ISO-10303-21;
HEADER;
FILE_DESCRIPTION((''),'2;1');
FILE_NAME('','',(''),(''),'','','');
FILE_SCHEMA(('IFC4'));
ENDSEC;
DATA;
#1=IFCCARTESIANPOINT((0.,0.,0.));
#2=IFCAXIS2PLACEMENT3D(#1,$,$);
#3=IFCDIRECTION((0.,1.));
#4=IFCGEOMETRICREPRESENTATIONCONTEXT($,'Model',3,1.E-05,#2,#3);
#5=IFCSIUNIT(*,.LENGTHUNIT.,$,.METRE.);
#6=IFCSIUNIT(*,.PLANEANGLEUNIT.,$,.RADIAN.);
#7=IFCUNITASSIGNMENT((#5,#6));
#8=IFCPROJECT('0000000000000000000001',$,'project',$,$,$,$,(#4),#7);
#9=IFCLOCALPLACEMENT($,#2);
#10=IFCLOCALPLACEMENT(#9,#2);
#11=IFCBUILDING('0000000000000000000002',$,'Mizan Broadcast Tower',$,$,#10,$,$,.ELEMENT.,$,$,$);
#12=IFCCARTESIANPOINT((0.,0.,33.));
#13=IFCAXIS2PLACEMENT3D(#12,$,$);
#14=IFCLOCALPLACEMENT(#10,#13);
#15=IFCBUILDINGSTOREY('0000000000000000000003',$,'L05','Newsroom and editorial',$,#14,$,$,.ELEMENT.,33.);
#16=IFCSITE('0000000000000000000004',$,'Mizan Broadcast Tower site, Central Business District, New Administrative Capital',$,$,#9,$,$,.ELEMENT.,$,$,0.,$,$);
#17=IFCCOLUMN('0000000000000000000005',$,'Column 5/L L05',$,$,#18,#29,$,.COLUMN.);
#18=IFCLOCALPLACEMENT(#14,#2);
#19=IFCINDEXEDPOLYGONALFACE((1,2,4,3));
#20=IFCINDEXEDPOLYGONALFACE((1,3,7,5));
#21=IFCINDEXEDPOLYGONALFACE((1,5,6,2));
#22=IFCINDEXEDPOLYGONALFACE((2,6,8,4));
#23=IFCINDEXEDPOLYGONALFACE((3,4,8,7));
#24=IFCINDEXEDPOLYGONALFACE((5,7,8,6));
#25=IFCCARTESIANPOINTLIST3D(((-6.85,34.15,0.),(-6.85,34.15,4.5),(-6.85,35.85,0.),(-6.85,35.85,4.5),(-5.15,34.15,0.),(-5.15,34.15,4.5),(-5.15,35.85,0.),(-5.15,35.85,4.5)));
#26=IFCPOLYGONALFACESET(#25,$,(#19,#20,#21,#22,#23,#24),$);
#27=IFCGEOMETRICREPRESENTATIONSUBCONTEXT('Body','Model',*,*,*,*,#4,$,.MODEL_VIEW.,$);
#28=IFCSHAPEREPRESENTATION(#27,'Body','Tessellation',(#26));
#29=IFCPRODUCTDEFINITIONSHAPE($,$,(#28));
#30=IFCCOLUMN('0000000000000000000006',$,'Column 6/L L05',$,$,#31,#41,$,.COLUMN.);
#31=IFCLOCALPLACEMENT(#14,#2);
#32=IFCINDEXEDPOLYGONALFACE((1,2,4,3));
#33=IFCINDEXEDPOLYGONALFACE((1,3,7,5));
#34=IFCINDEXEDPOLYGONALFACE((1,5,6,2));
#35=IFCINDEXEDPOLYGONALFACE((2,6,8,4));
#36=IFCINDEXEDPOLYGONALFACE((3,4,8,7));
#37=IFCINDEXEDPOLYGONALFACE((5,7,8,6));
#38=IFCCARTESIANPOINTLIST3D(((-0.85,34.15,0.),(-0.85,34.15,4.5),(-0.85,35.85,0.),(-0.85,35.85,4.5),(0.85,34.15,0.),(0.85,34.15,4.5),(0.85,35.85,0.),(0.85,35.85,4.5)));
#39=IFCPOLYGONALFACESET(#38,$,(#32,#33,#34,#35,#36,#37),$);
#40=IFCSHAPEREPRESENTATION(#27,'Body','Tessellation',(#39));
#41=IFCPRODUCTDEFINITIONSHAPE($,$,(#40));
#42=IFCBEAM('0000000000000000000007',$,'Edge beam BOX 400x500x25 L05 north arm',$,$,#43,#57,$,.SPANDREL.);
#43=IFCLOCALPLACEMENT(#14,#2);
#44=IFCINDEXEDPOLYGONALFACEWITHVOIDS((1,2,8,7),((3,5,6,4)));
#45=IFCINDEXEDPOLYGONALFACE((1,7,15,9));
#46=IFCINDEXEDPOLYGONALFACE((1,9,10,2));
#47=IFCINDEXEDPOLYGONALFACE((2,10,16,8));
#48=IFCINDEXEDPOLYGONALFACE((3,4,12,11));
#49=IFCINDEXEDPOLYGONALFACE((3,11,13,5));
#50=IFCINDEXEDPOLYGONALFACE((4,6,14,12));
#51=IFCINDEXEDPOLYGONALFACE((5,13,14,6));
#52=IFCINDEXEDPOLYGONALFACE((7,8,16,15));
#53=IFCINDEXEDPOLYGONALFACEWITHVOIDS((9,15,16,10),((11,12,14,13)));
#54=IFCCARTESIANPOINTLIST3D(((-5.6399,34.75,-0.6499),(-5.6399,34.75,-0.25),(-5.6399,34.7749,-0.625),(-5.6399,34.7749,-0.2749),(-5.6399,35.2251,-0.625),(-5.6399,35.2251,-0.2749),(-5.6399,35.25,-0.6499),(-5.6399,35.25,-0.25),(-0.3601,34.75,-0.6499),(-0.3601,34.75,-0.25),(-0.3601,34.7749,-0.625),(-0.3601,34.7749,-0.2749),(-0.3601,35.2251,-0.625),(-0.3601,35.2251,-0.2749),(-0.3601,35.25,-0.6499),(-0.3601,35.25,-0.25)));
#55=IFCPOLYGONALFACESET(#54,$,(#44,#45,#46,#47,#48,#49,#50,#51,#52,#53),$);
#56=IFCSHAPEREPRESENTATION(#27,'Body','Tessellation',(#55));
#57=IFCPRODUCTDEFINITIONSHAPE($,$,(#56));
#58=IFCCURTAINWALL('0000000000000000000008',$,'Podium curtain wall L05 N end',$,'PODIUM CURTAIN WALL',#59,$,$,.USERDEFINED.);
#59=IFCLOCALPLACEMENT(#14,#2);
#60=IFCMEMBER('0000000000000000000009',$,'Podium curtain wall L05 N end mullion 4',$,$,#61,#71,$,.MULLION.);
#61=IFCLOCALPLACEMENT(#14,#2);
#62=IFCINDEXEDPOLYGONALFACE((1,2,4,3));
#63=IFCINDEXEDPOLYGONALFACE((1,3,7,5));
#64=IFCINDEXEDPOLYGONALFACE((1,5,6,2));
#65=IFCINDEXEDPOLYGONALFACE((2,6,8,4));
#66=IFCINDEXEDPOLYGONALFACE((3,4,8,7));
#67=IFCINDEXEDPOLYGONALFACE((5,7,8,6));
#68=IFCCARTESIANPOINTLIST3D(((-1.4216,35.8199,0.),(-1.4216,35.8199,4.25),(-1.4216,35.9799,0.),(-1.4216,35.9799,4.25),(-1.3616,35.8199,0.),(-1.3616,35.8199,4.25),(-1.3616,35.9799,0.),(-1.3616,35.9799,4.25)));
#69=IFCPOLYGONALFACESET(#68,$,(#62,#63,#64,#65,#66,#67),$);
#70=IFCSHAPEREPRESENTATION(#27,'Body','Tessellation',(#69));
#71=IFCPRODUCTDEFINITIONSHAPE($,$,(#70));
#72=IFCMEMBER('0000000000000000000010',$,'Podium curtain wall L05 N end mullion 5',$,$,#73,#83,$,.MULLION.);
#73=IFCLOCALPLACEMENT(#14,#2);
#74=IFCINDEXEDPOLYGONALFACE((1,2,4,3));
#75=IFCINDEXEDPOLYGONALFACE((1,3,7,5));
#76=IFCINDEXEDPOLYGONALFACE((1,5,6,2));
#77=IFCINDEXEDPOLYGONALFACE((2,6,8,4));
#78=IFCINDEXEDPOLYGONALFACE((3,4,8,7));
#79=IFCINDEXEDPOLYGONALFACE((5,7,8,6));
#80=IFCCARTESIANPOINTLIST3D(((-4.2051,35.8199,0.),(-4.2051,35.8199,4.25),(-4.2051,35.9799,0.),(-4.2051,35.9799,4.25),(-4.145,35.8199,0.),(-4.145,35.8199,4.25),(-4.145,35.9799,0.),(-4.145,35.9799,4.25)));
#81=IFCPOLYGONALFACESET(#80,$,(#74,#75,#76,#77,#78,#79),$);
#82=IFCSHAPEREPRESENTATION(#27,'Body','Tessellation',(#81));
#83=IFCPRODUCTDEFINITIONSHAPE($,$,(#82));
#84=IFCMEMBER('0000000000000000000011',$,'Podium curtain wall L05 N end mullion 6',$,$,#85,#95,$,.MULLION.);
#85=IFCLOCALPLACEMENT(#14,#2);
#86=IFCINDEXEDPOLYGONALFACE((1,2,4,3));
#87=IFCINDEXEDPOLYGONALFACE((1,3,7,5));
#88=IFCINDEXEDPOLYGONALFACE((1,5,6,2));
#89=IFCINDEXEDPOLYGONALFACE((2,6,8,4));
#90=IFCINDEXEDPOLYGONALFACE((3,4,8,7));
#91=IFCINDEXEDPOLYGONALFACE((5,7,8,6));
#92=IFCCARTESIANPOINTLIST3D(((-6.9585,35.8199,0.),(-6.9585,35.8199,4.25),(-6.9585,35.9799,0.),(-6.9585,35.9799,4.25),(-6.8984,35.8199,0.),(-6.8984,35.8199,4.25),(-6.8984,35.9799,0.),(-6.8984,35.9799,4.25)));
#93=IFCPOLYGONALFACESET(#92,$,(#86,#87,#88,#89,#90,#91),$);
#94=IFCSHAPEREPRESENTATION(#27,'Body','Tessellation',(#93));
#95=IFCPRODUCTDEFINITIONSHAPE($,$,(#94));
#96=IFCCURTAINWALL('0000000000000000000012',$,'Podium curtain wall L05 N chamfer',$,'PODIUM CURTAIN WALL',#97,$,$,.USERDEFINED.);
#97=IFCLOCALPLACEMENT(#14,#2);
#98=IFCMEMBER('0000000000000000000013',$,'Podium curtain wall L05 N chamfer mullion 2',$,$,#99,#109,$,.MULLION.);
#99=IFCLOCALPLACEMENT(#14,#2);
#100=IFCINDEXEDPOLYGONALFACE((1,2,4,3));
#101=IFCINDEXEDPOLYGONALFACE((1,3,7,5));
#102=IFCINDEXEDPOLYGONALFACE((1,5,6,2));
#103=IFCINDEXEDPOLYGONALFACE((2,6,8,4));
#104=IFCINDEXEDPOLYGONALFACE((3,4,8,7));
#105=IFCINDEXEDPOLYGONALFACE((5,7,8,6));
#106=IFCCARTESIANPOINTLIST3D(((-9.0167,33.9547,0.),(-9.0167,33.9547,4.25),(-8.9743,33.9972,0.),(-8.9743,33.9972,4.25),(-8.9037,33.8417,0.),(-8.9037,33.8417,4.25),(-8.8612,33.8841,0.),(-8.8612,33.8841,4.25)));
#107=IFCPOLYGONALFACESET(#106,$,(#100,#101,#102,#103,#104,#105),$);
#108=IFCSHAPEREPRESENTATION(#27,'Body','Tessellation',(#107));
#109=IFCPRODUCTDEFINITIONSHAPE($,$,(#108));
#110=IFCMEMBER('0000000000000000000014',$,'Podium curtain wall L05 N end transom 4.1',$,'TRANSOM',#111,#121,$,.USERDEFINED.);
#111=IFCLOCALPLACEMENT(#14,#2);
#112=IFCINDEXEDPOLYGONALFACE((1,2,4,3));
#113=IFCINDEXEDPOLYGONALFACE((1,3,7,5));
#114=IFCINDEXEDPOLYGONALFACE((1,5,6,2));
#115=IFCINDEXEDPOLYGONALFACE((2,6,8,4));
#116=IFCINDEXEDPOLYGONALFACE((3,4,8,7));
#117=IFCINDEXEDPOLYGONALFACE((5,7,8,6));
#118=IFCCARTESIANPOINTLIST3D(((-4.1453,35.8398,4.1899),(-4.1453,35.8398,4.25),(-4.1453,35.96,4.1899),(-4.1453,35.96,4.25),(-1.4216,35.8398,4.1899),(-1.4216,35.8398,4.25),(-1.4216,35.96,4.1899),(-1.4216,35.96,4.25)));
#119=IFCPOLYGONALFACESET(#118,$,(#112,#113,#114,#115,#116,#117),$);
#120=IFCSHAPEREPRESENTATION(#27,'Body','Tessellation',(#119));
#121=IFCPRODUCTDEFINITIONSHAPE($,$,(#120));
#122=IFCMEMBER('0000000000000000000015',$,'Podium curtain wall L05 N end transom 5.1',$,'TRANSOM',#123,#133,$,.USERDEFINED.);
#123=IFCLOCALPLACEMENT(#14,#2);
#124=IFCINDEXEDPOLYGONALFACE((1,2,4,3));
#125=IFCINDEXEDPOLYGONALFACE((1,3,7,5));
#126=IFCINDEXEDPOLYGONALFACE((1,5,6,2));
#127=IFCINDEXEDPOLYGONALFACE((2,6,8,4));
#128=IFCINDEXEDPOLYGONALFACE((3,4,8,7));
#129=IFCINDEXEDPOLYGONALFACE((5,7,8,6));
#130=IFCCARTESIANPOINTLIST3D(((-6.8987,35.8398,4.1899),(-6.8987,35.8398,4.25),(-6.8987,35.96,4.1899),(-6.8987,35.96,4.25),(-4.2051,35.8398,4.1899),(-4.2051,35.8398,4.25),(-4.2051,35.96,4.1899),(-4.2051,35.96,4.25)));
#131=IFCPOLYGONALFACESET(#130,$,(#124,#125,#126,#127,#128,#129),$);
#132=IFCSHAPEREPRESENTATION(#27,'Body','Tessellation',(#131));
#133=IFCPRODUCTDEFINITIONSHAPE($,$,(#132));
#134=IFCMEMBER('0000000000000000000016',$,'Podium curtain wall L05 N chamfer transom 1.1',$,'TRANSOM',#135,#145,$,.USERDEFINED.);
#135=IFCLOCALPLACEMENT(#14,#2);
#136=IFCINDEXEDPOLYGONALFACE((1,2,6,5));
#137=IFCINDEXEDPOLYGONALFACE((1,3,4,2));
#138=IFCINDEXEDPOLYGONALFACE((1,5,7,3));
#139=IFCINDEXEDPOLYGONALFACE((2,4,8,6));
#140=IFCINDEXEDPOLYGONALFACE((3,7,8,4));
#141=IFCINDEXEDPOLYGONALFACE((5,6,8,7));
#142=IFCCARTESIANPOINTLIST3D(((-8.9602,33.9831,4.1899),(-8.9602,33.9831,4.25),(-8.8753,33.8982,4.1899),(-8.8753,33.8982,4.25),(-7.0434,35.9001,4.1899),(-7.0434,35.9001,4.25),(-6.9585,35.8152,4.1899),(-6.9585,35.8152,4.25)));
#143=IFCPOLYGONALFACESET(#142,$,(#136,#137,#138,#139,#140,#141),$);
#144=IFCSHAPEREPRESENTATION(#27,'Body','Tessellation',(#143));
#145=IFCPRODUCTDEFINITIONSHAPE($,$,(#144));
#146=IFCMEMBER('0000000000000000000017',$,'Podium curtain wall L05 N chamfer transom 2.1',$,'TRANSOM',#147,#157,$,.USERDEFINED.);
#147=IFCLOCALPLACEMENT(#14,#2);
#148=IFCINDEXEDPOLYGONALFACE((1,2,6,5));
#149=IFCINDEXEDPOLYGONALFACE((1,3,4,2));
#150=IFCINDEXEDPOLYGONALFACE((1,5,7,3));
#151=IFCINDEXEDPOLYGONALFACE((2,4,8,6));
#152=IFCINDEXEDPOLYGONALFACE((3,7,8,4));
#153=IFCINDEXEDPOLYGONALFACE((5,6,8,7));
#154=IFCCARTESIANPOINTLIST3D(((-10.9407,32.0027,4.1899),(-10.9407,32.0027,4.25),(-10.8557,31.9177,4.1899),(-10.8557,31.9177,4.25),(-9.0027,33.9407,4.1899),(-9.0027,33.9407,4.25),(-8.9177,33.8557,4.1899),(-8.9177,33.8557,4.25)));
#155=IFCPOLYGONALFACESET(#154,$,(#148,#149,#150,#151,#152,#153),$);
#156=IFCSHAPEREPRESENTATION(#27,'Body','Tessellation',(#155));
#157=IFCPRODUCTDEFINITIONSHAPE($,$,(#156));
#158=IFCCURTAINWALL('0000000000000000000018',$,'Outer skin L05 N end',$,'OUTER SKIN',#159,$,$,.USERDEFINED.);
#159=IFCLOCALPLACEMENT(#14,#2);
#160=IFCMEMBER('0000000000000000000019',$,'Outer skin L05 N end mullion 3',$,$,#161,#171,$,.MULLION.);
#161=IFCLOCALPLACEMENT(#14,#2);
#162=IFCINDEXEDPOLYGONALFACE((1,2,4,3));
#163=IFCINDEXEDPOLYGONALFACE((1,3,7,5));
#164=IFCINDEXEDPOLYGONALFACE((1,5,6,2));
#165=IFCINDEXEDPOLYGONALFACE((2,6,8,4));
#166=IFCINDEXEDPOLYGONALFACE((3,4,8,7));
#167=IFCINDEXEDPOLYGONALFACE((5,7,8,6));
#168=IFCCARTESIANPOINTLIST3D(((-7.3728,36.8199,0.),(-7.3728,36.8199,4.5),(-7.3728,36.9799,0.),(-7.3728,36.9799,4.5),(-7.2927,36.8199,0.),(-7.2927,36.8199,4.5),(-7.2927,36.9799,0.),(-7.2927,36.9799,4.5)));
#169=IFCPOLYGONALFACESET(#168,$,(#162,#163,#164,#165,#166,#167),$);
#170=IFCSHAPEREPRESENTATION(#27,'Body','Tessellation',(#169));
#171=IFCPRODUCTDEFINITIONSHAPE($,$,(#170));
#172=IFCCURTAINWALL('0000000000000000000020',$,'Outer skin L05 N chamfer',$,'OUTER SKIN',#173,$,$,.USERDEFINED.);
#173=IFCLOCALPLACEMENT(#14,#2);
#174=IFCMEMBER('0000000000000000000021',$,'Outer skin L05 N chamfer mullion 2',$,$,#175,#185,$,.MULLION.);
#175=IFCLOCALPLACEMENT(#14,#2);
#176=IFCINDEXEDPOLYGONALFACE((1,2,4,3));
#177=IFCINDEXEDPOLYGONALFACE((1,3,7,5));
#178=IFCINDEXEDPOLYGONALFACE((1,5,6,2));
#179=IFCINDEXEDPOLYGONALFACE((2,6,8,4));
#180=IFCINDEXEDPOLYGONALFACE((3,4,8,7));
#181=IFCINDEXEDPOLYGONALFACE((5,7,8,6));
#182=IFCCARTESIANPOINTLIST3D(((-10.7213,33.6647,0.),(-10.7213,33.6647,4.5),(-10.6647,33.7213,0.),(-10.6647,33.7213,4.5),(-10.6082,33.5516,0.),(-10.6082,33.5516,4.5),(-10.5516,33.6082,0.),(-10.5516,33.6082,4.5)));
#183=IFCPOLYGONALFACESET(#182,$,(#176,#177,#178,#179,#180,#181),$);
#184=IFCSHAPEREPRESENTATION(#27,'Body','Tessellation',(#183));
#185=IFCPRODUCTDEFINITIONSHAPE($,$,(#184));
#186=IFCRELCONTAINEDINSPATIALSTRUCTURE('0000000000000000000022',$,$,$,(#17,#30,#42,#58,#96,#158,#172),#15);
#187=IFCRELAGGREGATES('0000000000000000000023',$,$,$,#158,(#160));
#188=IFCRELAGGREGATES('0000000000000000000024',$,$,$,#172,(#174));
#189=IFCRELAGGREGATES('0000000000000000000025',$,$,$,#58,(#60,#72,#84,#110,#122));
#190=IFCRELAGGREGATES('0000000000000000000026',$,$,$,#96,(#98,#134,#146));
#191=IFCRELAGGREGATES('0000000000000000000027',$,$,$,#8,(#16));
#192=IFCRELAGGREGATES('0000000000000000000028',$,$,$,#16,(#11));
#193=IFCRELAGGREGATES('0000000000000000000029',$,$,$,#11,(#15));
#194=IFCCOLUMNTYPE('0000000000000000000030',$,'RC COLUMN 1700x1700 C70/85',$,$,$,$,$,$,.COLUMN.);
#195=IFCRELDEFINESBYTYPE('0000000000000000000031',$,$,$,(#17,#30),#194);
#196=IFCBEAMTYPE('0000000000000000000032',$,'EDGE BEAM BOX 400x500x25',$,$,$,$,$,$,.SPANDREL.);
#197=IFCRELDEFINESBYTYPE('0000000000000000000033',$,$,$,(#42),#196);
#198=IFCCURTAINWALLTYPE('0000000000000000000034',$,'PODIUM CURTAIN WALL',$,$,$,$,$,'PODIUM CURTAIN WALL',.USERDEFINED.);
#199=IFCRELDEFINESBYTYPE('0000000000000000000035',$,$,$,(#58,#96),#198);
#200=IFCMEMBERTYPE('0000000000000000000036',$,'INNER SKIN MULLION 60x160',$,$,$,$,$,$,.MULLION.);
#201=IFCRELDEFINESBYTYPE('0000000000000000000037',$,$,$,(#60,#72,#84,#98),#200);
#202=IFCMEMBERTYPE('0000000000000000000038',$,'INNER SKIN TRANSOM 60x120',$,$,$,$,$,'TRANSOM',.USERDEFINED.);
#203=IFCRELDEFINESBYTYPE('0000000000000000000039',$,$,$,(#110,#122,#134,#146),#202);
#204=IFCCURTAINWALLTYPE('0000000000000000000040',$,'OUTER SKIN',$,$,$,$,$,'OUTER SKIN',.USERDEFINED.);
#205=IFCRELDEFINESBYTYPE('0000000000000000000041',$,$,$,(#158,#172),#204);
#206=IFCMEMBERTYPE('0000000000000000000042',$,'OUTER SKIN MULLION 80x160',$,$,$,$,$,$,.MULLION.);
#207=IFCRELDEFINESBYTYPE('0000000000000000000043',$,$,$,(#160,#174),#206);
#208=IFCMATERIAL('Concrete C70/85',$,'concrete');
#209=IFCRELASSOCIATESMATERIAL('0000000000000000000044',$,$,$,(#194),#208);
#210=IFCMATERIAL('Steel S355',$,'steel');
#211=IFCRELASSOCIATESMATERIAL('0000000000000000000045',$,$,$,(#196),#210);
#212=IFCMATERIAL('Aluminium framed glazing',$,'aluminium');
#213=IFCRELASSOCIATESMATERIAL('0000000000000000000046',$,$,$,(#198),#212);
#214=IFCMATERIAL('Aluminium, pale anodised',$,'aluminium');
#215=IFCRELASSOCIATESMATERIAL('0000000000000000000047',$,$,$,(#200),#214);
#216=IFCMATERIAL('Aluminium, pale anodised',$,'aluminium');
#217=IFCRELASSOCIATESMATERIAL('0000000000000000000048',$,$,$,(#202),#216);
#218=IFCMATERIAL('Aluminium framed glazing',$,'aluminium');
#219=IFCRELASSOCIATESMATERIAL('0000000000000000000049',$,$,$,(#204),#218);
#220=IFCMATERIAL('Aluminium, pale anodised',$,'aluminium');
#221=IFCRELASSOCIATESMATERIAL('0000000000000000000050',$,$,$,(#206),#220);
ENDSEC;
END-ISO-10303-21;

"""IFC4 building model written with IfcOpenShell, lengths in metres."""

from ifc_helpers import new_model, si_unit, direction, frame, origin, origin_2d, place, context, subcontext, project, spatial, rectangle, hollow_rectangle, extrude, material, material_profile, profile_set, type_object, element, aggregate, save


model = new_model("IFC4")

# Units and contexts
model_context = context("Model", 3, precision=1e-05, world=origin(), true_north=direction((0.0, 1.0)))
body_context = subcontext(model_context, "Body", "Model", "MODEL_VIEW")
ifc_project = project(units=[si_unit("LENGTHUNIT", "METRE"), si_unit("PLANEANGLEUNIT", "RADIAN")], contexts=[model_context])

# Site, building, storey
site_placement = place(None, origin())
site = spatial("IfcSite", under=ifc_project, at=site_placement, Name="Mizan Broadcast Tower site, Central Business District, New Administrative Capital", CompositionType="ELEMENT", RefElevation=0.0)
building_placement = place(site_placement, origin())
building = spatial("IfcBuilding", under=site, at=building_placement, Name="Mizan Broadcast Tower", CompositionType="ELEMENT")
storey_placement = place(building_placement, frame((0.0, 0.0, 33.0)))
storey = spatial("IfcBuildingStorey", under=building, at=storey_placement, Name="L05", Description="Newsroom and editorial", CompositionType="ELEMENT", Elevation=33.0)

# Columns
ifc_material_1 = material(Name="Concrete C70/85", Category="concrete")
ifc_material_profile_1 = material_profile(ifc_material_1, rectangle(XDim=1.7, YDim=1.7, at=origin_2d()), Name="RC 1700x1700")
ifc_profile_set_1 = profile_set([ifc_material_profile_1], Name="Concrete C70/85")
column_type = type_object("IfcColumnType", Name="RC COLUMN 1700x1700 C70/85", PredefinedType="COLUMN", material=ifc_profile_set_1)
for number, where, z_axis, x_axis, name in (
    (1, (-6.0, 35.0, 0.0), (0.0, 0.0, 1.0), (1.0, 0.0, 0.0), "Column 5/L L05"),
    (2, (0.0, 35.0, 0.0), (0.0, 0.0, 1.0), (1.0, 0.0, 0.0), "Column 6/L L05"),
):
    element("IfcColumn", number, at=place(storey_placement, frame(where, z_axis=z_axis, x_axis=x_axis)), inside=storey, type_object=column_type, Name=name, PredefinedType="COLUMN", context=body_context, shape_type="SweptSolid", body=[
        extrude(rectangle(XDim=1.7, YDim=1.7, at=origin_2d()), origin(), (0.0, 0.0, 1.0), 4.5),
    ])

# Beam
ifc_material_2 = material(Name="Steel S355", Category="steel")
ifc_material_profile_2 = material_profile(ifc_material_2, hollow_rectangle(XDim=0.5, YDim=0.3999, WallThickness=0.0249, at=origin_2d()), Name="BOX 400x500x25")
ifc_profile_set_2 = profile_set([ifc_material_profile_2], Name="Steel S355")
beam_type = type_object("IfcBeamType", Name="EDGE BEAM BOX 400x500x25", PredefinedType="SPANDREL", material=ifc_profile_set_2)
beam_placement = place(storey_placement, frame((-5.6399, 35.0, -0.45), z_axis=(1.0, 0.0, 0.0), x_axis=(0.0, 1.0, 0.0)))
element("IfcBeam", 3, at=beam_placement, inside=storey, type_object=beam_type, Name="Edge beam BOX 400x500x25 L05 north arm", PredefinedType="SPANDREL", context=body_context, shape_type="SweptSolid", body=[
    extrude(hollow_rectangle(XDim=0.5, YDim=0.3999, WallThickness=0.0249, at=origin_2d()), origin(), (0.0, 0.0, 1.0), 5.2798),
])

# Curtain wall, members
ifc_material_3 = material(Name="Aluminium framed glazing", Category="aluminium")
curtain_wall_type_1 = type_object("IfcCurtainWallType", Name="PODIUM CURTAIN WALL", ElementType="PODIUM CURTAIN WALL", PredefinedType="USERDEFINED", material=ifc_material_3)
curtain_wall_1_placement = place(storey_placement, origin())
curtain_wall_1 = element("IfcCurtainWall", 4, at=curtain_wall_1_placement, inside=storey, type_object=curtain_wall_type_1, Name="Podium curtain wall L05 N end", ObjectType="PODIUM CURTAIN WALL", PredefinedType="USERDEFINED")
ifc_material_4 = material(Name="Aluminium, pale anodised", Category="aluminium")
ifc_material_profile_3 = material_profile(ifc_material_4, rectangle(XDim=0.1599, YDim=0.0601, at=origin_2d()), Name="MULLION 160x60")
ifc_profile_set_3 = profile_set([ifc_material_profile_3], Name="Aluminium, pale anodised")
member_type_1 = type_object("IfcMemberType", Name="INNER SKIN MULLION 60x160", PredefinedType="MULLION", material=ifc_profile_set_3)
member_1_placement = place(storey_placement, frame((-1.3916, 35.8999, 0.0), z_axis=(0.0, 0.0, 1.0), x_axis=(0.0, -1.0, 0.0)))
member_1 = element("IfcMember", 5, at=member_1_placement, type_object=member_type_1, Name="Podium curtain wall L05 N end mullion 4", PredefinedType="MULLION", context=body_context, shape_type="SweptSolid", body=[
    extrude(rectangle(XDim=0.1599, YDim=0.0601, at=origin_2d()), origin(), (0.0, 0.0, 1.0), 4.25),
])
member_2_placement = place(storey_placement, frame((-4.175, 35.8999, 0.0), z_axis=(0.0, 0.0, 1.0), x_axis=(0.0, -1.0, 0.0)))
member_2 = element("IfcMember", 6, at=member_2_placement, type_object=member_type_1, Name="Podium curtain wall L05 N end mullion 5", PredefinedType="MULLION", context=body_context, shape_type="SweptSolid", body=[
    extrude(rectangle(XDim=0.1599, YDim=0.0601, at=origin_2d()), origin(), (0.0, 0.0, 1.0), 4.25),
])
member_3_placement = place(storey_placement, frame((-6.9285, 35.8999, 0.0), z_axis=(0.0, 0.0, 1.0), x_axis=(0.0, -1.0, 0.0)))
member_3 = element("IfcMember", 7, at=member_3_placement, type_object=member_type_1, Name="Podium curtain wall L05 N end mullion 6", PredefinedType="MULLION", context=body_context, shape_type="SweptSolid", body=[
    extrude(rectangle(XDim=0.1599, YDim=0.0601, at=origin_2d()), origin(), (0.0, 0.0, 1.0), 4.25),
])

# Curtain wall, member
curtain_wall_2_placement = place(storey_placement, origin())
curtain_wall_2 = element("IfcCurtainWall", 8, at=curtain_wall_2_placement, inside=storey, type_object=curtain_wall_type_1, Name="Podium curtain wall L05 N chamfer", ObjectType="PODIUM CURTAIN WALL", PredefinedType="USERDEFINED")
member_4_placement = place(storey_placement, frame((-8.939, 33.9194, 0.0), z_axis=(0.0, 0.0, 1.0), x_axis=(0.707107, -0.707107, 0.0)))
member_4 = element("IfcMember", 9, at=member_4_placement, type_object=member_type_1, Name="Podium curtain wall L05 N chamfer mullion 2", PredefinedType="MULLION", context=body_context, shape_type="SweptSolid", body=[
    extrude(rectangle(XDim=0.1599, YDim=0.0601, at=origin_2d()), origin(), (0.0, 0.0, 1.0), 4.25),
])

# Members
ifc_material_5 = material(Name="Aluminium, pale anodised", Category="aluminium")
ifc_material_profile_4 = material_profile(ifc_material_5, rectangle(XDim=0.1201, YDim=0.0601, at=origin_2d()), Name="TRANSOM 120x60")
ifc_profile_set_4 = profile_set([ifc_material_profile_4], Name="Aluminium, pale anodised")
member_type_2 = type_object("IfcMemberType", Name="INNER SKIN TRANSOM 60x120", ElementType="TRANSOM", PredefinedType="USERDEFINED", material=ifc_profile_set_4)
member_5_placement = place(storey_placement, frame((-1.4216, 35.8999, 4.22), z_axis=(-1.0, 0.0, 0.0), x_axis=(0.0, -1.0, 0.0)))
member_5 = element("IfcMember", 10, at=member_5_placement, type_object=member_type_2, Name="Podium curtain wall L05 N end transom 4.1", ObjectType="TRANSOM", PredefinedType="USERDEFINED", context=body_context, shape_type="SweptSolid", body=[
    extrude(rectangle(XDim=0.1201, YDim=0.0601, at=origin_2d()), origin(), (0.0, 0.0, 1.0), 2.7236),
])
member_6_placement = place(storey_placement, frame((-4.2051, 35.8999, 4.22), z_axis=(-1.0, 0.0, 0.0), x_axis=(0.0, -1.0, 0.0)))
member_6 = element("IfcMember", 11, at=member_6_placement, type_object=member_type_2, Name="Podium curtain wall L05 N end transom 5.1", ObjectType="TRANSOM", PredefinedType="USERDEFINED", context=body_context, shape_type="SweptSolid", body=[
    extrude(rectangle(XDim=0.1201, YDim=0.0601, at=origin_2d()), origin(), (0.0, 0.0, 1.0), 2.6936),
])
member_7_placement = place(storey_placement, frame((-7.001, 35.8577, 4.22), z_axis=(-0.707062, -0.707152, 0.0), x_axis=(0.707152, -0.707062, 0.0)))
member_7 = element("IfcMember", 12, at=member_7_placement, type_object=member_type_2, Name="Podium curtain wall L05 N chamfer transom 1.1", ObjectType="TRANSOM", PredefinedType="USERDEFINED", context=body_context, shape_type="SweptSolid", body=[
    extrude(rectangle(XDim=0.1201, YDim=0.0601, at=origin_2d()), origin(), (0.0, 0.0, 1.0), 2.7109),
])
member_8_placement = place(storey_placement, frame((-8.9602, 33.8982, 4.22), z_axis=(-0.707107, -0.707107, 0.0), x_axis=(0.707107, -0.707107, 0.0)))
member_8 = element("IfcMember", 13, at=member_8_placement, type_object=member_type_2, Name="Podium curtain wall L05 N chamfer transom 2.1", ObjectType="TRANSOM", PredefinedType="USERDEFINED", context=body_context, shape_type="SweptSolid", body=[
    extrude(rectangle(XDim=0.1201, YDim=0.0601, at=origin_2d()), origin(), (0.0, 0.0, 1.0), 2.7407),
])

# Curtain walls, members
ifc_material_6 = material(Name="Aluminium framed glazing", Category="aluminium")
curtain_wall_type_2 = type_object("IfcCurtainWallType", Name="OUTER SKIN", ElementType="OUTER SKIN", PredefinedType="USERDEFINED", material=ifc_material_6)
curtain_wall_3_placement = place(storey_placement, origin())
curtain_wall_3 = element("IfcCurtainWall", 14, at=curtain_wall_3_placement, inside=storey, type_object=curtain_wall_type_2, Name="Outer skin L05 N end", ObjectType="OUTER SKIN", PredefinedType="USERDEFINED")
ifc_material_7 = material(Name="Aluminium, pale anodised", Category="aluminium")
ifc_material_profile_5 = material_profile(ifc_material_7, rectangle(XDim=0.1599, YDim=0.0801, at=origin_2d()), Name="MULLION 160x80")
ifc_profile_set_5 = profile_set([ifc_material_profile_5], Name="Aluminium, pale anodised")
member_type_3 = type_object("IfcMemberType", Name="OUTER SKIN MULLION 80x160", PredefinedType="MULLION", material=ifc_profile_set_5)
member_9_placement = place(storey_placement, frame((-7.3328, 36.8999, 0.0), z_axis=(0.0, 0.0, 1.0), x_axis=(0.0, -1.0, 0.0)))
member_9 = element("IfcMember", 15, at=member_9_placement, type_object=member_type_3, Name="Outer skin L05 N end mullion 3", PredefinedType="MULLION", context=body_context, shape_type="SweptSolid", body=[
    extrude(rectangle(XDim=0.1599, YDim=0.0801, at=origin_2d()), origin(), (0.0, 0.0, 1.0), 4.5),
])
curtain_wall_4_placement = place(storey_placement, origin())
curtain_wall_4 = element("IfcCurtainWall", 16, at=curtain_wall_4_placement, inside=storey, type_object=curtain_wall_type_2, Name="Outer skin L05 N chamfer", ObjectType="OUTER SKIN", PredefinedType="USERDEFINED")
member_10_placement = place(storey_placement, frame((-10.6365, 33.6365, 0.0), z_axis=(0.0, 0.0, 1.0), x_axis=(0.707107, -0.707107, 0.0)))
member_10 = element("IfcMember", 17, at=member_10_placement, type_object=member_type_3, Name="Outer skin L05 N chamfer mullion 2", PredefinedType="MULLION", context=body_context, shape_type="SweptSolid", body=[
    extrude(rectangle(XDim=0.1599, YDim=0.0801, at=origin_2d()), origin(), (0.0, 0.0, 1.0), 4.5),
])

aggregate(curtain_wall_3, [member_9])
aggregate(curtain_wall_4, [member_10])
aggregate(curtain_wall_1, [member_1, member_2, member_3, member_5, member_6])
aggregate(curtain_wall_2, [member_4, member_7, member_8])

save(model, "model.ifc")
